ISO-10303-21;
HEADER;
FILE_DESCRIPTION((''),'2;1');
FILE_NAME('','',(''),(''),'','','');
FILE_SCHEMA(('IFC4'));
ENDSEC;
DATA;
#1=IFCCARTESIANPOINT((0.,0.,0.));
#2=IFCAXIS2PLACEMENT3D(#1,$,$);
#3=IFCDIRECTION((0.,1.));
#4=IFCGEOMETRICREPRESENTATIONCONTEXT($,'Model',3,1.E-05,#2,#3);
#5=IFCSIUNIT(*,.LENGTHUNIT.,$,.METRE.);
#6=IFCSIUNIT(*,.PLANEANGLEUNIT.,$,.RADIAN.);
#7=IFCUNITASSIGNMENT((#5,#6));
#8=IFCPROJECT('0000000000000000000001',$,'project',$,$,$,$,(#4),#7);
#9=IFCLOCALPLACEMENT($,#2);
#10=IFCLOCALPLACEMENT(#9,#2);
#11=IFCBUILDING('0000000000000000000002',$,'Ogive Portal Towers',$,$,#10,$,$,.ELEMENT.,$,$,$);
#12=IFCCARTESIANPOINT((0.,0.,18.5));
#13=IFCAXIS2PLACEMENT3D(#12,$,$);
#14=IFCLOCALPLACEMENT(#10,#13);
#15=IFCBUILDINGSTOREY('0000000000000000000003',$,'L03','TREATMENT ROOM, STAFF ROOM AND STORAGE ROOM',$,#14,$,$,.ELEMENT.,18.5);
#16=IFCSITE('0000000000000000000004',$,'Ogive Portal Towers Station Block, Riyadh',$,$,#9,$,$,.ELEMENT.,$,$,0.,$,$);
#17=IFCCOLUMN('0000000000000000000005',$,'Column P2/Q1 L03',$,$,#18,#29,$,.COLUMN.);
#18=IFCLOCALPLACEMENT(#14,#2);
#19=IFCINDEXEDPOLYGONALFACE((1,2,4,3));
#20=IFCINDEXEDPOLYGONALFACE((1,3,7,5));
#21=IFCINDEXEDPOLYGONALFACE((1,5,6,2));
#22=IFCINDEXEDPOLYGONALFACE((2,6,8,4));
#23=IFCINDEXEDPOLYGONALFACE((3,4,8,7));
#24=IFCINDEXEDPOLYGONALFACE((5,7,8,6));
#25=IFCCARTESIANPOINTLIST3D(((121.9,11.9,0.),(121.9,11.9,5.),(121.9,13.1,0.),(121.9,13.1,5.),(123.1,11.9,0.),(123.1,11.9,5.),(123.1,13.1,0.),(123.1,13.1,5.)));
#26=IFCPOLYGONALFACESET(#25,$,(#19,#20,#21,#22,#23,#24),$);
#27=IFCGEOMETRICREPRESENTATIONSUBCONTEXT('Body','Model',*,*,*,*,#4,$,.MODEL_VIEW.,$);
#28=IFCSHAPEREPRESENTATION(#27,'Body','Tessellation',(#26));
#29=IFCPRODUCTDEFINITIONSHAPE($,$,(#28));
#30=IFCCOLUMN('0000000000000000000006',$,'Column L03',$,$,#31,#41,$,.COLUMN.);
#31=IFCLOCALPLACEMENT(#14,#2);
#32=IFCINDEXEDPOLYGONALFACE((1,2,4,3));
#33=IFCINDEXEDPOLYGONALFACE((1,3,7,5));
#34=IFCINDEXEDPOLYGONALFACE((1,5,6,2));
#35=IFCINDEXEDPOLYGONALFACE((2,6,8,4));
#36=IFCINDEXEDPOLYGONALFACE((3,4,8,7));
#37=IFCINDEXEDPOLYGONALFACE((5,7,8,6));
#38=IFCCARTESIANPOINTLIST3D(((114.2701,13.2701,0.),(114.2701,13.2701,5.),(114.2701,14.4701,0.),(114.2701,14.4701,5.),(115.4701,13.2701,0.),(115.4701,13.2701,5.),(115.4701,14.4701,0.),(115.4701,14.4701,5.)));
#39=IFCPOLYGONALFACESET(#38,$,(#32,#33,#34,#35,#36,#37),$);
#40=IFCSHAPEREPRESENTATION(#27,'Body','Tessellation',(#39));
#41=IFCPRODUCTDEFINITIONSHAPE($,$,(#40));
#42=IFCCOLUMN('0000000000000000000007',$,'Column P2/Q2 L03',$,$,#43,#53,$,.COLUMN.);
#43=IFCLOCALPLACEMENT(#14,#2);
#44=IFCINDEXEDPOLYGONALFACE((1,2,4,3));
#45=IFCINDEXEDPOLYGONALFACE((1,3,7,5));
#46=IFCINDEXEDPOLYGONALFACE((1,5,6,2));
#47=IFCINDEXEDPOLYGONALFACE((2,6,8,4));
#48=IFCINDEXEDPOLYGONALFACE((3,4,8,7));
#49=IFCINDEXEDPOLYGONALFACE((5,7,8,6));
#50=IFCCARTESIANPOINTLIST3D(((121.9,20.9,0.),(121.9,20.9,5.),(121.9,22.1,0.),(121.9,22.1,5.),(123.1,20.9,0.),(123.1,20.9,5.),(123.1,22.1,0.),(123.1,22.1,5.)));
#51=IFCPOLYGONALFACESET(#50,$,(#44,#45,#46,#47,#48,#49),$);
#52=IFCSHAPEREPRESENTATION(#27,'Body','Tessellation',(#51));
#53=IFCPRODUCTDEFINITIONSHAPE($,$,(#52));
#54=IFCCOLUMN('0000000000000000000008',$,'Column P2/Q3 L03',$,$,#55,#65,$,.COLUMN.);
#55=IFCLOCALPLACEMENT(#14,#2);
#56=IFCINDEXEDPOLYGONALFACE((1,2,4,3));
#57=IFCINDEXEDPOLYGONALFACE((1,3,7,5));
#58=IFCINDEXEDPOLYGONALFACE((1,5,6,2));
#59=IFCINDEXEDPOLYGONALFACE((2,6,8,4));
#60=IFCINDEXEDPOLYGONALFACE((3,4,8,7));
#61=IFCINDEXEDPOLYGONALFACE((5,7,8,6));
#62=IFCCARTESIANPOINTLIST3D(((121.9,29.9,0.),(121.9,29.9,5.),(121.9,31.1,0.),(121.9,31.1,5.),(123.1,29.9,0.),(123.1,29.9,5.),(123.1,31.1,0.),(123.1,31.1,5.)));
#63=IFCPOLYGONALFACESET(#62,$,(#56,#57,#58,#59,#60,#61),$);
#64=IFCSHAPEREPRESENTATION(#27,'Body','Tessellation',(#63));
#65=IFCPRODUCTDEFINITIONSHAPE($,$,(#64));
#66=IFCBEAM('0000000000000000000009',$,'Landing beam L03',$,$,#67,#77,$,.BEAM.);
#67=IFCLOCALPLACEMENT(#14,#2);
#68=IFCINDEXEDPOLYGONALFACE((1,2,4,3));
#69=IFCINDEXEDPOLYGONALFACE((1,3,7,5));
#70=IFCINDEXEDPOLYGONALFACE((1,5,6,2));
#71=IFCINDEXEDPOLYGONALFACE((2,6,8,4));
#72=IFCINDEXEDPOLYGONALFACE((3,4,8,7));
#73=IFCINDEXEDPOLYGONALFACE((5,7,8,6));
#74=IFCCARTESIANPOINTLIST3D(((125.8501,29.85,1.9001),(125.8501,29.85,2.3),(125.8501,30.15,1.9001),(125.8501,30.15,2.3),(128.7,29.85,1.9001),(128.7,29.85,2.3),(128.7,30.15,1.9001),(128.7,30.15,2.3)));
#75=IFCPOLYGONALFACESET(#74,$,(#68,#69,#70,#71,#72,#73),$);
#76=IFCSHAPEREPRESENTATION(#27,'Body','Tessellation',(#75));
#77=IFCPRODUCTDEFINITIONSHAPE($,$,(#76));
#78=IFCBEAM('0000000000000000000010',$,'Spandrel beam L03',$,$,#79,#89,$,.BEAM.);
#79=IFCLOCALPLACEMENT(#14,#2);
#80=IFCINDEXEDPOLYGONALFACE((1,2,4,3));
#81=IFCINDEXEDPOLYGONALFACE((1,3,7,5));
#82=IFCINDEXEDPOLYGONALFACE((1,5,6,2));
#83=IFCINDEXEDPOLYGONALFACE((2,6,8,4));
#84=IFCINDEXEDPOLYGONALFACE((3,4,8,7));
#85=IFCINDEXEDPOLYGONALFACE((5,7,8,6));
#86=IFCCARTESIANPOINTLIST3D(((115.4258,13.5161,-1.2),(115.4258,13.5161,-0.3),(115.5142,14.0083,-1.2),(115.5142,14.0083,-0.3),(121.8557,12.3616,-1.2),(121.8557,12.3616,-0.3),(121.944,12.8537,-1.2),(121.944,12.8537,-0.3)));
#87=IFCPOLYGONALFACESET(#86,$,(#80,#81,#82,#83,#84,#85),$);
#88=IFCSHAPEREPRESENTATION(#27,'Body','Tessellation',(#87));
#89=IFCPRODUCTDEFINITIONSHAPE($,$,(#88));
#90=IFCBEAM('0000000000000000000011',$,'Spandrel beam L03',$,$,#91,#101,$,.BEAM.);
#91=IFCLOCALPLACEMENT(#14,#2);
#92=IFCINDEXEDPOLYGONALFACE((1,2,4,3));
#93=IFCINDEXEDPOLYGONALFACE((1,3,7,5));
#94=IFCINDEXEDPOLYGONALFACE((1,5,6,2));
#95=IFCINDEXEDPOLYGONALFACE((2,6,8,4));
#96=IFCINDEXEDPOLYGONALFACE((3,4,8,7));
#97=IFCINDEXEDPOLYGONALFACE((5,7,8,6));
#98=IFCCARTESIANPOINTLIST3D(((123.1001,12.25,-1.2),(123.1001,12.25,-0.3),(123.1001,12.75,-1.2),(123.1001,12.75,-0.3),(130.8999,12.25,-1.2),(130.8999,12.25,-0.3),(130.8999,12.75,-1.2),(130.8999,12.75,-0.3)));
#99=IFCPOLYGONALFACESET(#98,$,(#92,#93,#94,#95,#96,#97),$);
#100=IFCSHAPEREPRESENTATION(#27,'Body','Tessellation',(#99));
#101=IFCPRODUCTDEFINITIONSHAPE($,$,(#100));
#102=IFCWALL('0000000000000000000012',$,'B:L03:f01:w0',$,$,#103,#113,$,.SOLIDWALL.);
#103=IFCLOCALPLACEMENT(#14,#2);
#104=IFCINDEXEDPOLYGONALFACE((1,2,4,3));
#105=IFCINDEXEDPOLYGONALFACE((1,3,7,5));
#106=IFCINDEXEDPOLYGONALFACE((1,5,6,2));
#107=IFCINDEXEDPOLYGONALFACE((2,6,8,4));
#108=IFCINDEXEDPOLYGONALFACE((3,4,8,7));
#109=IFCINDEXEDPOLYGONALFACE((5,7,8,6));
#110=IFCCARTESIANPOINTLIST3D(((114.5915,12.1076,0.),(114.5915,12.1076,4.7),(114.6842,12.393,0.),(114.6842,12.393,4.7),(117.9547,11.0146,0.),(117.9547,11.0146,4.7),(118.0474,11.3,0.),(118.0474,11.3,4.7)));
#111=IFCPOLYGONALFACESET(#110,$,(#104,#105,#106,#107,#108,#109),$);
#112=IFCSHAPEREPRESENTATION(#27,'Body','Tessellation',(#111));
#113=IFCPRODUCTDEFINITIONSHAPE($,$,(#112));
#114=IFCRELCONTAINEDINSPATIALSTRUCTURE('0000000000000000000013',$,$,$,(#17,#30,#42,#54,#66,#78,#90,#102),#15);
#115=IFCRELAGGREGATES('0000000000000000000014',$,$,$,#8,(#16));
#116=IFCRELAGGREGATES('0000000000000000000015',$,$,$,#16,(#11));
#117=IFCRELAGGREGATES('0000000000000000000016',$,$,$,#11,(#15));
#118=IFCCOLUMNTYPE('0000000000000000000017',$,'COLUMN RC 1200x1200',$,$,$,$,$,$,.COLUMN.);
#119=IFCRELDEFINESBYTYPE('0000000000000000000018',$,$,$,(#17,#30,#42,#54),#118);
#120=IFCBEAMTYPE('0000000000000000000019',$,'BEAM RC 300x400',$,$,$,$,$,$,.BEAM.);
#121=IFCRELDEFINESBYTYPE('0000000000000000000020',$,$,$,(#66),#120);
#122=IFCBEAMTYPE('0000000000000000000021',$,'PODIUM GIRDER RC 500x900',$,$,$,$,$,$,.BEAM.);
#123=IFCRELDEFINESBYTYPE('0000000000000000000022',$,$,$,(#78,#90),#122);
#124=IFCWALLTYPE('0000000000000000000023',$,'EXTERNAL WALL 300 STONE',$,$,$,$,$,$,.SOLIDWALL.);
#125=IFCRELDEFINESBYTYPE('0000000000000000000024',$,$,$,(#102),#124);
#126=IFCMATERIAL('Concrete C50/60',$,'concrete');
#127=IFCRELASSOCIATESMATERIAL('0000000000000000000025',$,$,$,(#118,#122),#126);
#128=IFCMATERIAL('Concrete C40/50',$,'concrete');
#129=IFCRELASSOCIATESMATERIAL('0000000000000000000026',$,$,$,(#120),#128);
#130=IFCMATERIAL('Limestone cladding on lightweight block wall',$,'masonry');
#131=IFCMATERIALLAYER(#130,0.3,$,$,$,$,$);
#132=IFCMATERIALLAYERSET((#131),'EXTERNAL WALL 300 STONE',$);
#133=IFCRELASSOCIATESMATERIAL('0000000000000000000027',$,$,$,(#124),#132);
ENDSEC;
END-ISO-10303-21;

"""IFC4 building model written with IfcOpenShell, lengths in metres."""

from ifc_helpers import new_model, si_unit, direction, frame, frame_2d, origin, origin_2d, place, context, subcontext, project, spatial, rectangle, extrude, material, layer, layer_set, material_profile, profile_set, type_object, element, save


model = new_model("IFC4")

# Units and contexts
model_context = context("Model", 3, precision=1e-05, world=origin(), true_north=direction((0.0, 1.0)))
body_context = subcontext(model_context, "Body", "Model", "MODEL_VIEW")
ifc_project = project(units=[si_unit("LENGTHUNIT", "METRE"), si_unit("PLANEANGLEUNIT", "RADIAN")], contexts=[model_context])

# Site, building, storey
site_placement = place(None, origin())
site = spatial("IfcSite", under=ifc_project, at=site_placement, Name="Ogive Portal Towers Station Block, Riyadh", CompositionType="ELEMENT", RefElevation=0.0)
building_placement = place(site_placement, origin())
building = spatial("IfcBuilding", under=site, at=building_placement, Name="Ogive Portal Towers", CompositionType="ELEMENT")
storey_placement = place(building_placement, frame((0.0, 0.0, 18.5)))
storey = spatial("IfcBuildingStorey", under=building, at=storey_placement, Name="L03", Description="TREATMENT ROOM, STAFF ROOM AND STORAGE ROOM", CompositionType="ELEMENT", Elevation=18.5)

# Columns
ifc_material_1 = material(Name="Concrete C50/60", Category="concrete")
ifc_material_profile_1 = material_profile(ifc_material_1, rectangle(XDim=1.2, YDim=1.2, at=origin_2d()), Name="RC 1200x1200")
ifc_profile_set_1 = profile_set([ifc_material_profile_1], Name="Concrete C50/60")
column_type = type_object("IfcColumnType", Name="COLUMN RC 1200x1200", PredefinedType="COLUMN", material=ifc_profile_set_1)
for number, where, z_axis, x_axis, name in (
    (1, (122.5, 12.5, 0.0), (0.0, 0.0, 1.0), (1.0, 0.0, 0.0), "Column P2/Q1 L03"),
    (2, (114.8701, 13.8701, 0.0), (0.0, 0.0, 1.0), (1.0, 0.0, 0.0), "Column L03"),
    (3, (122.5, 21.5, 0.0), (0.0, 0.0, 1.0), (1.0, 0.0, 0.0), "Column P2/Q2 L03"),
    (4, (122.5, 30.5, 0.0), (0.0, 0.0, 1.0), (1.0, 0.0, 0.0), "Column P2/Q3 L03"),
):
    element("IfcColumn", number, at=place(storey_placement, frame(where, z_axis=z_axis, x_axis=x_axis)), inside=storey, type_object=column_type, Name=name, PredefinedType="COLUMN", context=body_context, shape_type="SweptSolid", body=[
        extrude(rectangle(XDim=1.2, YDim=1.2, at=origin_2d()), origin(), (0.0, 0.0, 1.0), 5.0),
    ])

# Beams
ifc_material_2 = material(Name="Concrete C40/50", Category="concrete")
ifc_material_profile_2 = material_profile(ifc_material_2, rectangle(XDim=0.3, YDim=0.3999, at=origin_2d()), Name="RC 300x400")
ifc_profile_set_2 = profile_set([ifc_material_profile_2], Name="Concrete C40/50")
beam_type_1 = type_object("IfcBeamType", Name="BEAM RC 300x400", PredefinedType="BEAM", material=ifc_profile_set_2)
beam_1_placement = place(storey_placement, frame((125.8501, 30.0, 2.1001), z_axis=(1.0, 0.0, 0.0), x_axis=(0.0, 1.0, 0.0)))
element("IfcBeam", 5, at=beam_1_placement, inside=storey, type_object=beam_type_1, Name="Landing beam L03", PredefinedType="BEAM", context=body_context, shape_type="SweptSolid", body=[
    extrude(rectangle(XDim=0.3, YDim=0.3999, at=origin_2d()), origin(), (0.0, 0.0, 1.0), 2.8499),
])
ifc_material_profile_3 = material_profile(ifc_material_1, rectangle(XDim=0.5, YDim=0.8999, at=origin_2d()), Name="RC 500x900")
ifc_profile_set_3 = profile_set([ifc_material_profile_3], Name="Concrete C50/60")
beam_type_2 = type_object("IfcBeamType", Name="PODIUM GIRDER RC 500x900", PredefinedType="BEAM", material=ifc_profile_set_3)
beam_2_placement = place(storey_placement, frame((115.47, 13.7622, -0.75), z_axis=(0.984259, -0.176731, 0.0), x_axis=(0.176731, 0.984259, 0.0)))
element("IfcBeam", 6, at=beam_2_placement, inside=storey, type_object=beam_type_2, Name="Spandrel beam L03", PredefinedType="BEAM", context=body_context, shape_type="SweptSolid", body=[
    extrude(rectangle(XDim=0.5, YDim=0.8999, at=origin_2d()), origin(), (0.0, 0.0, 1.0), 6.5327),
])
beam_3_placement = place(storey_placement, frame((123.1001, 12.5, -0.75), z_axis=(1.0, 0.0, 0.0), x_axis=(0.0, 1.0, 0.0)))
element("IfcBeam", 7, at=beam_3_placement, inside=storey, type_object=beam_type_2, Name="Spandrel beam L03", PredefinedType="BEAM", context=body_context, shape_type="SweptSolid", body=[
    extrude(rectangle(XDim=0.5, YDim=0.8999, at=origin_2d()), origin(), (0.0, 0.0, 1.0), 7.7998),
])

# Wall
ifc_material_3 = material(Name="Limestone cladding on lightweight block wall", Category="masonry")
ifc_layer_1 = layer(ifc_material_3, 0.3)
ifc_layer_set_1 = layer_set([ifc_layer_1], Name="EXTERNAL WALL 300 STONE")
wall_type_1 = type_object("IfcWallType", Name="EXTERNAL WALL 300 STONE", PredefinedType="SOLIDWALL", material=ifc_layer_set_1)
wall_1_placement = place(storey_placement, frame((114.6379, 12.2502, 0.0), z_axis=(0.0, 0.0, 1.0), x_axis=(0.951038, -0.309074, 0.0)))
element("IfcWall", 8, at=wall_1_placement, inside=storey, type_object=wall_type_1, Name="B:L03:f01:w0", PredefinedType="SOLIDWALL", context=body_context, shape_type="SweptSolid", body=[
    extrude(rectangle(XDim=3.5364, YDim=0.3, at=frame_2d((1.7681, 0.0))), origin(), (0.0, 0.0, 1.0), 4.7),
])

save(model, "model.ifc")
